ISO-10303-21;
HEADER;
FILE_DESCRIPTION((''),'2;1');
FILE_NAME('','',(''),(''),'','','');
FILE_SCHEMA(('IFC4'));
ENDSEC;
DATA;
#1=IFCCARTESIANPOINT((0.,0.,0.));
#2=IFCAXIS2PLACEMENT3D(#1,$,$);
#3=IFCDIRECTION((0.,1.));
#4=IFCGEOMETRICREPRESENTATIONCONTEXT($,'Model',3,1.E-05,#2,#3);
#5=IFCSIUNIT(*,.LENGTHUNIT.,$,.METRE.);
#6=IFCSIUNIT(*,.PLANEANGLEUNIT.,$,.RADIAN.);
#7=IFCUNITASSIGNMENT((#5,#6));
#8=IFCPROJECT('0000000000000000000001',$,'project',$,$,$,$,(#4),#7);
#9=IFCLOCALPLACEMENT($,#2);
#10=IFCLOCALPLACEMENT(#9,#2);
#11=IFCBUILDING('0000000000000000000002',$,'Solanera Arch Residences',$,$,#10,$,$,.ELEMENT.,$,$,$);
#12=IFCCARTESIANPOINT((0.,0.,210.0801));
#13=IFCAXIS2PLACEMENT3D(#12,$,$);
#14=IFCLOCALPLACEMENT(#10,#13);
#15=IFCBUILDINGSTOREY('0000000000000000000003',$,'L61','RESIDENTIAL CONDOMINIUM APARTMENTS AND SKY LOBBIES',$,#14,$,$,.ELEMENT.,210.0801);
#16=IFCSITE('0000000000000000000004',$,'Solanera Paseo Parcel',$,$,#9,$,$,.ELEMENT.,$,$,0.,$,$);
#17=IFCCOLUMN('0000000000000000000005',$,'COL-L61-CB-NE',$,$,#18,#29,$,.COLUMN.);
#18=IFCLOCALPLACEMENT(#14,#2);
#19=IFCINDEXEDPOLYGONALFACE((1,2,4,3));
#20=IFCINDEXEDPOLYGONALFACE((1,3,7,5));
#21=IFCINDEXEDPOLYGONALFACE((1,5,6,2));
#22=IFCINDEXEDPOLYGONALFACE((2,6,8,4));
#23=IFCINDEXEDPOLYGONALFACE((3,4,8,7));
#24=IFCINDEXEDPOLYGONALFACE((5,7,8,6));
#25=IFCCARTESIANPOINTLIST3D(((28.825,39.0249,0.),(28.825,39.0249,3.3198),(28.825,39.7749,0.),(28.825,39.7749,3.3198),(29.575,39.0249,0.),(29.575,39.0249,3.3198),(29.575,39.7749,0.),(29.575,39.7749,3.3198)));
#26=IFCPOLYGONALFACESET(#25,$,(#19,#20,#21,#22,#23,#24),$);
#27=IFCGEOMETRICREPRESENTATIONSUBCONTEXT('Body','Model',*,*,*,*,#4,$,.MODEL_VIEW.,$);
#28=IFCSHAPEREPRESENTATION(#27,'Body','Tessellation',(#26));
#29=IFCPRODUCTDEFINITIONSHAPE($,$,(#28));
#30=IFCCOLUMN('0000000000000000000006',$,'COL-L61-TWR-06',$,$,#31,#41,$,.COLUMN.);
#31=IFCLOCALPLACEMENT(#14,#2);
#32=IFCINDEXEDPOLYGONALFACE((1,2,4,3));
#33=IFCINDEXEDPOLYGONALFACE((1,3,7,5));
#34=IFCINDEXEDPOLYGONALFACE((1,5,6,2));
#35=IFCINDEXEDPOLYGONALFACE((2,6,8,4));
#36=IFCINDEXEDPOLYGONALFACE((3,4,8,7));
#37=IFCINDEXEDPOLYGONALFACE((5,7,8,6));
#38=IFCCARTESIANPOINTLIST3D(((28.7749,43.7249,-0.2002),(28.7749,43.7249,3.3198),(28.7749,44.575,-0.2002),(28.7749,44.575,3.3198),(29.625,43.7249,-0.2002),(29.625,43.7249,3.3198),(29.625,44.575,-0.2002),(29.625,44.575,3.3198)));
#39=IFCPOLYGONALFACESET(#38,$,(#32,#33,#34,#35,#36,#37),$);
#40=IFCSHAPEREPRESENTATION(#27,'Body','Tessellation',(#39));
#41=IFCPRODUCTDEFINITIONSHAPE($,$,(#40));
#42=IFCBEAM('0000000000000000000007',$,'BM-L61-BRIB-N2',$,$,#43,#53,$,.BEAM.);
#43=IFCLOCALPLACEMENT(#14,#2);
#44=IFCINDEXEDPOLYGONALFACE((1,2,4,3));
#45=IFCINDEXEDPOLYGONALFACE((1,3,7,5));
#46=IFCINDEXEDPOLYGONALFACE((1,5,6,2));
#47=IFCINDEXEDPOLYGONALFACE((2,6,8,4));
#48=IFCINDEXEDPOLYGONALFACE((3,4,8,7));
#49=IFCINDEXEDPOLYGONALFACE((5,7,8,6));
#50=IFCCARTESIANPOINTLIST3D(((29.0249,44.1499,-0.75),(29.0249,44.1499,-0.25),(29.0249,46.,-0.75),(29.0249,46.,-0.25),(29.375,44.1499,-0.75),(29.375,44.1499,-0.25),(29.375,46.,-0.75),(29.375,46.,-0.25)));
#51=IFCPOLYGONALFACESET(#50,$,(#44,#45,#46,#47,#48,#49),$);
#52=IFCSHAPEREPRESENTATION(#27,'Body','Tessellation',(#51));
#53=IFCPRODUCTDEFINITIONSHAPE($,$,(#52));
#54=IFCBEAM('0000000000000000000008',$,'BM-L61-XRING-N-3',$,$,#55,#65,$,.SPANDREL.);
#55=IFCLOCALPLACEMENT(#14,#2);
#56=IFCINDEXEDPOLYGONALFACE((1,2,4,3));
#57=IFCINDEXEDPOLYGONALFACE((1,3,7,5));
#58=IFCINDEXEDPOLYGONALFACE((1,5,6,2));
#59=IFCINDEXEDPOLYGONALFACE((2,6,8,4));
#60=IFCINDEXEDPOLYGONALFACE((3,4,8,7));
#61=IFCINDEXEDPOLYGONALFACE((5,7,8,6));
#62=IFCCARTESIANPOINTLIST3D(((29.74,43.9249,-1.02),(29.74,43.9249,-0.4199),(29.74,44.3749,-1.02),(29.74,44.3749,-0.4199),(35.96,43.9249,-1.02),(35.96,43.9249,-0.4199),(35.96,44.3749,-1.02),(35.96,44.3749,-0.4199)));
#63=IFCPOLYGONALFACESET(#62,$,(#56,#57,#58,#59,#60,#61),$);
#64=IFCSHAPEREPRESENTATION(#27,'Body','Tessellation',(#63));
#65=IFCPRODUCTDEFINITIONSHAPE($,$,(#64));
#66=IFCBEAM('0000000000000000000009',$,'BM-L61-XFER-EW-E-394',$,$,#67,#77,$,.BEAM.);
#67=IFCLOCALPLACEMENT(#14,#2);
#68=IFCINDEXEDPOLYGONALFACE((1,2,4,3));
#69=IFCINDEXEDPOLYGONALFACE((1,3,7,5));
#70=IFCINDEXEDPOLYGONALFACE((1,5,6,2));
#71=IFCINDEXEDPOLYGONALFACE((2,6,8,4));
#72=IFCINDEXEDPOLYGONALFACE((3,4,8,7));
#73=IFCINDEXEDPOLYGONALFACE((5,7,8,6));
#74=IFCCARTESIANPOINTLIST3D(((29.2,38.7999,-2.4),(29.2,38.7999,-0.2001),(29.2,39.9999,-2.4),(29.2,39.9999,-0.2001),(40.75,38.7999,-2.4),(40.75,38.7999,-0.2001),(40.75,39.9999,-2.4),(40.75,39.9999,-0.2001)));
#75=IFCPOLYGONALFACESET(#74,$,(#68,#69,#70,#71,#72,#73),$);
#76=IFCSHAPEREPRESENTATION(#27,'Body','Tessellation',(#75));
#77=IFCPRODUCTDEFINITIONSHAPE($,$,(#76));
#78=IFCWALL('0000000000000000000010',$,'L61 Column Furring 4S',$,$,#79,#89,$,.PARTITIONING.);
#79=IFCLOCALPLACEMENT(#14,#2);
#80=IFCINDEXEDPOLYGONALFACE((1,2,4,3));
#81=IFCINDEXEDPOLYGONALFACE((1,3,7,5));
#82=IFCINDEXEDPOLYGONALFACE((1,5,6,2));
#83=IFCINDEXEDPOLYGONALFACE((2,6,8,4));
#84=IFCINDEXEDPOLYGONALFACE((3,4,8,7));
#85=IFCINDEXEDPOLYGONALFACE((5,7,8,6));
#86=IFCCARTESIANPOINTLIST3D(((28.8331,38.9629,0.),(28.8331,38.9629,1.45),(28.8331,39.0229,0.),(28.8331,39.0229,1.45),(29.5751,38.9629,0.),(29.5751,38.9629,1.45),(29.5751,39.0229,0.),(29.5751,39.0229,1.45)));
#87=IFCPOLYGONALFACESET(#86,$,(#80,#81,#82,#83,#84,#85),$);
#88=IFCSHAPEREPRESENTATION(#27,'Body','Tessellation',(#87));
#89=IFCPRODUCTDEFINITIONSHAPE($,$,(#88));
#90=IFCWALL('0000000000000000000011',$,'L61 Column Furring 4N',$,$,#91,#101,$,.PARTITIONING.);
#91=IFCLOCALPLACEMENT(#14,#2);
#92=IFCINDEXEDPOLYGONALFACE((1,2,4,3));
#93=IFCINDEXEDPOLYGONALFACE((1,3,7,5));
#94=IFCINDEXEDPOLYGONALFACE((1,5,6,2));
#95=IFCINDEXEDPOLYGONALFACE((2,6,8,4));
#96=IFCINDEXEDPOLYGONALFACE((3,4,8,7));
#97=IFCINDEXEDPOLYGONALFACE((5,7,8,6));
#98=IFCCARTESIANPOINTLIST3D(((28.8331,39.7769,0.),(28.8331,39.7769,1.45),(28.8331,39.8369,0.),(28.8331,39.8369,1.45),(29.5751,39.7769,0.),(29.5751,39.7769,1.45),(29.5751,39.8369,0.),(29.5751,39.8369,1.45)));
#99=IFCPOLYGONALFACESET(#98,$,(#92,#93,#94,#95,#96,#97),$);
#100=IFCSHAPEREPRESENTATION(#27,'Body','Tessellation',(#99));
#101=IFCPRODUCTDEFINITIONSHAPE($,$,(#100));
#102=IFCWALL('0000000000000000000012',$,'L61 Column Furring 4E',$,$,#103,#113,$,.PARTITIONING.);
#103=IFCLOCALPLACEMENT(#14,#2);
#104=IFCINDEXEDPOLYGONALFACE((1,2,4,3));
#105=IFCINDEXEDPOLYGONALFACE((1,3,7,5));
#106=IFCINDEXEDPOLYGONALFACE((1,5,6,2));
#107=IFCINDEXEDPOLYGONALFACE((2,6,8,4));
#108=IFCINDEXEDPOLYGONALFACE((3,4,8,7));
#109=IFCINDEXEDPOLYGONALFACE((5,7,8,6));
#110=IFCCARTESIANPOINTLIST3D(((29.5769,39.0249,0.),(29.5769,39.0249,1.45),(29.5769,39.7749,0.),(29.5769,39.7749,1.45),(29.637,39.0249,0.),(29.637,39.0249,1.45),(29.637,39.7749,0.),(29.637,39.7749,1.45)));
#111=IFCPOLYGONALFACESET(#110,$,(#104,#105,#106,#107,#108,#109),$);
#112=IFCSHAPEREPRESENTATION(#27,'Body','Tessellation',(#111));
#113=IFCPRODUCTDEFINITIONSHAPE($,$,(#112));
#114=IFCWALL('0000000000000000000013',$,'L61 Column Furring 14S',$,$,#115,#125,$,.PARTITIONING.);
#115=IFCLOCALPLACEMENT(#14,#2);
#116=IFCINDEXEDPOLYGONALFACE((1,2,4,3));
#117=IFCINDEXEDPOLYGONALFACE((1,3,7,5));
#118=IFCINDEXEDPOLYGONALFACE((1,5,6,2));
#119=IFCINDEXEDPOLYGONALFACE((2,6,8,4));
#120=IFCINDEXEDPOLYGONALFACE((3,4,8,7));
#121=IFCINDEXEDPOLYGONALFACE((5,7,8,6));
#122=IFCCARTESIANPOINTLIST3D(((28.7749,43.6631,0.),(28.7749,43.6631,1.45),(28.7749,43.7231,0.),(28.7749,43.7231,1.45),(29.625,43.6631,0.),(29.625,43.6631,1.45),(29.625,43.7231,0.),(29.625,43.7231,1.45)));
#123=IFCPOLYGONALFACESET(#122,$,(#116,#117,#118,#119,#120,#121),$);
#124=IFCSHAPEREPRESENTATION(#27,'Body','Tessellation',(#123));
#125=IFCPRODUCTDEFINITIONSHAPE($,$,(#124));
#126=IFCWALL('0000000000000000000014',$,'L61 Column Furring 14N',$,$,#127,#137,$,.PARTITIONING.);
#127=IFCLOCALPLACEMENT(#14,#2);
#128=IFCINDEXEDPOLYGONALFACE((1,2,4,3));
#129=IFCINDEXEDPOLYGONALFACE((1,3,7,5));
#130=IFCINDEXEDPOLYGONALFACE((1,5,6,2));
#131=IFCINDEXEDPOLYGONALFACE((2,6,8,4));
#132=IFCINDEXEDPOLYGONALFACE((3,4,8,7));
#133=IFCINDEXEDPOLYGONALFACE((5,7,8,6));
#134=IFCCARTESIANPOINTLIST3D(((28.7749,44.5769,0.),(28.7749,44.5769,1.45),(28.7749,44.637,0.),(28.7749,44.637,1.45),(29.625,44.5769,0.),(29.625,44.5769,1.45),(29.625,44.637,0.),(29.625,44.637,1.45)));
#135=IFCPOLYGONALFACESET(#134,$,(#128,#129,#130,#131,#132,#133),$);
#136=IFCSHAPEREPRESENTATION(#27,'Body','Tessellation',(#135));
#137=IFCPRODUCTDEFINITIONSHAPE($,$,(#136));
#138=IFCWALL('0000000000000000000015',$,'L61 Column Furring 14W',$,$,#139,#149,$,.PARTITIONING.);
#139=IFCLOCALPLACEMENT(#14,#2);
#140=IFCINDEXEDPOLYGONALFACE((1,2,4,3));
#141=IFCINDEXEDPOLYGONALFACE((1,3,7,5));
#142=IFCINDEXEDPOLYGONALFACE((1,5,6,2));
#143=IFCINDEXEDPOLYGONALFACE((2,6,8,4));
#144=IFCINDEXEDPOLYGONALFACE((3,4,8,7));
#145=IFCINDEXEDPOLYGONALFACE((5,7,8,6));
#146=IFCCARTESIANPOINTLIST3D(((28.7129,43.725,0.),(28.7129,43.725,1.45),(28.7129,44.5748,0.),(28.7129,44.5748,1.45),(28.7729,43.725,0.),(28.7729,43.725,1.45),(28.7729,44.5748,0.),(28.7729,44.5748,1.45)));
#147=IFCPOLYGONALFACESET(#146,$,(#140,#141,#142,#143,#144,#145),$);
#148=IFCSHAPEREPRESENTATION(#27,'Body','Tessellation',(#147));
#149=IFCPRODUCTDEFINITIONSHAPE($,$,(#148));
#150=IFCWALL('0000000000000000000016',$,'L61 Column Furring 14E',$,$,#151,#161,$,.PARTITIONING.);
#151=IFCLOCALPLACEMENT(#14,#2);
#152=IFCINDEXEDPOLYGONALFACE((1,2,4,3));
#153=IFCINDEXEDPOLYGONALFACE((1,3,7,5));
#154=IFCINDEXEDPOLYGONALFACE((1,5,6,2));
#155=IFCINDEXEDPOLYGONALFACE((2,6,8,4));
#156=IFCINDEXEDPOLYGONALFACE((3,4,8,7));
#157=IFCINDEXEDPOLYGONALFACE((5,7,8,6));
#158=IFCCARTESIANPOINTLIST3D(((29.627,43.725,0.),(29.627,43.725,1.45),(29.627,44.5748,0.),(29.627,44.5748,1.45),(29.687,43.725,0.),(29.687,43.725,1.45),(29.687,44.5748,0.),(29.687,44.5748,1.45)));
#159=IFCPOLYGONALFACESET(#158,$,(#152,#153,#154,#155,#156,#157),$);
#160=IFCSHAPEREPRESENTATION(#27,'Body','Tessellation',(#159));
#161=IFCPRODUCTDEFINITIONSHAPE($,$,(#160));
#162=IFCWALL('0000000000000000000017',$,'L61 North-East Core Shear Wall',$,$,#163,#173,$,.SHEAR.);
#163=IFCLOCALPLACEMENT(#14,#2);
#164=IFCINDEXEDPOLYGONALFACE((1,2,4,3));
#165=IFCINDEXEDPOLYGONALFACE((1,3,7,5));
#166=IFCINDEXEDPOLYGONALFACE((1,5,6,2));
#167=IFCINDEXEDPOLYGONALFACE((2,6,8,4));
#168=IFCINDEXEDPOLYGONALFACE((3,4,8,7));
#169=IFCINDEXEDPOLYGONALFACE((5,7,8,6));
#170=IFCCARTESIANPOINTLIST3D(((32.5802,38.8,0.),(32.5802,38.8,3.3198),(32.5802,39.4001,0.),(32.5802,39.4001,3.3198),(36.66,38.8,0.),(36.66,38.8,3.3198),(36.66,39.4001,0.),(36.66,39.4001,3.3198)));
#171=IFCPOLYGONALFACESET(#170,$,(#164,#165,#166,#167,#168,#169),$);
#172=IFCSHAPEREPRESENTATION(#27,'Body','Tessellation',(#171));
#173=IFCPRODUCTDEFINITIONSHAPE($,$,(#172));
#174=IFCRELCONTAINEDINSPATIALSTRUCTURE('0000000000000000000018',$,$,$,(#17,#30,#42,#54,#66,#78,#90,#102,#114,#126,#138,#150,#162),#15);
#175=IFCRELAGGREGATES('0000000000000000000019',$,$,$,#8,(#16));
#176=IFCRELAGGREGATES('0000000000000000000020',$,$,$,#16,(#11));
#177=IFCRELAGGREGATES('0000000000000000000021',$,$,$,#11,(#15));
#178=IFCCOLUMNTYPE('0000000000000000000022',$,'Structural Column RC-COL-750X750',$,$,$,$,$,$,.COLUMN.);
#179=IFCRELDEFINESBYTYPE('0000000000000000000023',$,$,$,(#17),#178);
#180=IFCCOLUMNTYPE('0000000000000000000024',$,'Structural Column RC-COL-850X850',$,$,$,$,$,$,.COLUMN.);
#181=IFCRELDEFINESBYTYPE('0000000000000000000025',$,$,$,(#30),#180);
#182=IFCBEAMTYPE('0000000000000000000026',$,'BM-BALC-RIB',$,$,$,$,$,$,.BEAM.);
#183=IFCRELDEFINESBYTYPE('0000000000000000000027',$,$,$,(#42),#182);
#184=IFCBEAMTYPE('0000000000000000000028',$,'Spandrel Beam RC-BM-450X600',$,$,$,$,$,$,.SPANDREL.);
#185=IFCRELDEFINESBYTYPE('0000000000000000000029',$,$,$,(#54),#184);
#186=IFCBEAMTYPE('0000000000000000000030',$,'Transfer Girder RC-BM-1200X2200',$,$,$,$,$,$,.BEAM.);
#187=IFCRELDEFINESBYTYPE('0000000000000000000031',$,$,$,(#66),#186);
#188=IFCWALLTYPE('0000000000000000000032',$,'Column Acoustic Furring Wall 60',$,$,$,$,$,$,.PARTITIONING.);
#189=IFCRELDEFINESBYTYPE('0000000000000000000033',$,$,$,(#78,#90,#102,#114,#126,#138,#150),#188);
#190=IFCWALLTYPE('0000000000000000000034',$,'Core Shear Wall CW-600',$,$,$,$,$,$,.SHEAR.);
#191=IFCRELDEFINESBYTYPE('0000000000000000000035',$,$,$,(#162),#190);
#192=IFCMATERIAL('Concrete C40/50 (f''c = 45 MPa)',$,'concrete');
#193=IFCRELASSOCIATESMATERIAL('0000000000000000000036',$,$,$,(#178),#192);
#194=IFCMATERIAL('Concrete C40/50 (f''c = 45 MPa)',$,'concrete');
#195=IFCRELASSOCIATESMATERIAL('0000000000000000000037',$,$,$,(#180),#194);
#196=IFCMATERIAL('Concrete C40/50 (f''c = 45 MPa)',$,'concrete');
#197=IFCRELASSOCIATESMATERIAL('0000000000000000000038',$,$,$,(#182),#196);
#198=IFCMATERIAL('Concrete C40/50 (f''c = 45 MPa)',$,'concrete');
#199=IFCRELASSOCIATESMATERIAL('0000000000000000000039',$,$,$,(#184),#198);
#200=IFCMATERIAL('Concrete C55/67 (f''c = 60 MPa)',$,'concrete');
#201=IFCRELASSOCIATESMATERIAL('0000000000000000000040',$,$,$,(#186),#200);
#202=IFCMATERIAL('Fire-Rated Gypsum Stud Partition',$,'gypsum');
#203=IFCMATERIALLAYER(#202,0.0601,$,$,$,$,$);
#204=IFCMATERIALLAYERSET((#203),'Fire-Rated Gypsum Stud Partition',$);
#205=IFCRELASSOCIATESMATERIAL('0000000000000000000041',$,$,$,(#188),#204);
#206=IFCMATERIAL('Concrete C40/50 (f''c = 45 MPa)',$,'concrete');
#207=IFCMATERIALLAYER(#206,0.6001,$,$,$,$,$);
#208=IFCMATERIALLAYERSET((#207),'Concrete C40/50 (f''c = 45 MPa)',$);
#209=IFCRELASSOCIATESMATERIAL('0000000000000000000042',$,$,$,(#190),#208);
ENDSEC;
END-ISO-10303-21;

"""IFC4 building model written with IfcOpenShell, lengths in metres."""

from ifc_helpers import new_model, si_unit, direction, frame, frame_2d, origin, origin_2d, place, context, subcontext, project, spatial, rectangle, extrude, material, layer, layer_set, material_profile, profile_set, type_object, element, save


model = new_model("IFC4")

# Units and contexts
model_context = context("Model", 3, precision=1e-05, world=origin(), true_north=direction((0.0, 1.0)))
body_context = subcontext(model_context, "Body", "Model", "MODEL_VIEW")
ifc_project = project(units=[si_unit("LENGTHUNIT", "METRE"), si_unit("PLANEANGLEUNIT", "RADIAN")], contexts=[model_context])

# Site, building, storey
site_placement = place(None, origin())
site = spatial("IfcSite", under=ifc_project, at=site_placement, Name="Solanera Paseo Parcel", CompositionType="ELEMENT", RefElevation=0.0)
building_placement = place(site_placement, origin())
building = spatial("IfcBuilding", under=site, at=building_placement, Name="Solanera Arch Residences", CompositionType="ELEMENT")
storey_placement = place(building_placement, frame((0.0, 0.0, 210.0801)))
storey = spatial("IfcBuildingStorey", under=building, at=storey_placement, Name="L61", Description="RESIDENTIAL CONDOMINIUM APARTMENTS AND SKY LOBBIES", CompositionType="ELEMENT", Elevation=210.0801)

# Columns
ifc_material_1 = material(Name="Concrete C40/50 (f'c = 45 MPa)", Category="concrete")
ifc_material_profile_1 = material_profile(ifc_material_1, rectangle(XDim=0.75, YDim=0.75, at=origin_2d()))
ifc_profile_set_1 = profile_set([ifc_material_profile_1], Name="Concrete C40/50 (f'c = 45 MPa)")
column_type_1 = type_object("IfcColumnType", Name="Structural Column RC-COL-750X750", PredefinedType="COLUMN", material=ifc_profile_set_1)
column_1_placement = place(storey_placement, frame((29.2, 39.3999, 0.0), z_axis=(0.0, 0.0, 1.0), x_axis=(1.0, 0.0, 0.0)))
element("IfcColumn", 1, at=column_1_placement, inside=storey, type_object=column_type_1, Name="COL-L61-CB-NE", PredefinedType="COLUMN", context=body_context, shape_type="SweptSolid", body=[
    extrude(rectangle(XDim=0.75, YDim=0.75, at=origin_2d()), origin(), (0.0, 0.0, 1.0), 3.3198),
])
ifc_material_2 = material(Name="Concrete C40/50 (f'c = 45 MPa)", Category="concrete")
ifc_material_profile_2 = material_profile(ifc_material_2, rectangle(XDim=0.8501, YDim=0.8501, at=origin_2d()))
ifc_profile_set_2 = profile_set([ifc_material_profile_2], Name="Concrete C40/50 (f'c = 45 MPa)")
column_type_2 = type_object("IfcColumnType", Name="Structural Column RC-COL-850X850", PredefinedType="COLUMN", material=ifc_profile_set_2)
column_2_placement = place(storey_placement, frame((29.2, 44.1499, -0.2002), z_axis=(0.0, 0.0, 1.0), x_axis=(1.0, 0.0, 0.0)))
element("IfcColumn", 2, at=column_2_placement, inside=storey, type_object=column_type_2, Name="COL-L61-TWR-06", PredefinedType="COLUMN", context=body_context, shape_type="SweptSolid", body=[
    extrude(rectangle(XDim=0.8501, YDim=0.8501, at=origin_2d()), origin(), (0.0, 0.0, 1.0), 3.52),
])

# Beams
ifc_material_3 = material(Name="Concrete C40/50 (f'c = 45 MPa)", Category="concrete")
ifc_material_profile_3 = material_profile(ifc_material_3, rectangle(XDim=0.3501, YDim=0.5, at=origin_2d()))
ifc_profile_set_3 = profile_set([ifc_material_profile_3], Name="Concrete C40/50 (f'c = 45 MPa)")
beam_type_1 = type_object("IfcBeamType", Name="BM-BALC-RIB", PredefinedType="BEAM", material=ifc_profile_set_3)
beam_1_placement = place(storey_placement, frame((29.2, 44.1499, -0.5), z_axis=(0.0, 1.0, 0.0), x_axis=(-1.0, 0.0, 0.0)))
element("IfcBeam", 3, at=beam_1_placement, inside=storey, type_object=beam_type_1, Name="BM-L61-BRIB-N2", PredefinedType="BEAM", context=body_context, shape_type="SweptSolid", body=[
    extrude(rectangle(XDim=0.3501, YDim=0.5, at=origin_2d()), origin(), (0.0, 0.0, 1.0), 1.8501),
])
ifc_material_4 = material(Name="Concrete C40/50 (f'c = 45 MPa)", Category="concrete")
ifc_material_profile_4 = material_profile(ifc_material_4, rectangle(XDim=0.45, YDim=0.6001, at=origin_2d()))
ifc_profile_set_4 = profile_set([ifc_material_profile_4], Name="Concrete C40/50 (f'c = 45 MPa)")
beam_type_2 = type_object("IfcBeamType", Name="Spandrel Beam RC-BM-450X600", PredefinedType="SPANDREL", material=ifc_profile_set_4)
beam_2_placement = place(storey_placement, frame((29.74, 44.1499, -0.72), z_axis=(1.0, 0.0, 0.0), x_axis=(0.0, 1.0, 0.0)))
element("IfcBeam", 4, at=beam_2_placement, inside=storey, type_object=beam_type_2, Name="BM-L61-XRING-N-3", PredefinedType="SPANDREL", context=body_context, shape_type="SweptSolid", body=[
    extrude(rectangle(XDim=0.45, YDim=0.6001, at=origin_2d()), origin(), (0.0, 0.0, 1.0), 6.22),
])
ifc_material_5 = material(Name="Concrete C55/67 (f'c = 60 MPa)", Category="concrete")
ifc_material_profile_5 = material_profile(ifc_material_5, rectangle(XDim=1.2, YDim=2.2, at=origin_2d()))
ifc_profile_set_5 = profile_set([ifc_material_profile_5], Name="Concrete C55/67 (f'c = 60 MPa)")
beam_type_3 = type_object("IfcBeamType", Name="Transfer Girder RC-BM-1200X2200", PredefinedType="BEAM", material=ifc_profile_set_5)
beam_3_placement = place(storey_placement, frame((29.2, 39.3999, -1.3), z_axis=(1.0, 0.0, 0.0), x_axis=(0.0, 1.0, 0.0)))
element("IfcBeam", 5, at=beam_3_placement, inside=storey, type_object=beam_type_3, Name="BM-L61-XFER-EW-E-394", PredefinedType="BEAM", context=body_context, shape_type="SweptSolid", body=[
    extrude(rectangle(XDim=1.2, YDim=2.2, at=origin_2d()), origin(), (0.0, 0.0, 1.0), 11.55),
])

# Walls
ifc_material_6 = material(Name="Fire-Rated Gypsum Stud Partition", Category="gypsum")
ifc_layer_1 = layer(ifc_material_6, 0.0601)
ifc_layer_set_1 = layer_set([ifc_layer_1], Name="Fire-Rated Gypsum Stud Partition")
wall_type_1 = type_object("IfcWallType", Name="Column Acoustic Furring Wall 60", PredefinedType="PARTITIONING", material=ifc_layer_set_1)
for number, where, z_axis, x_axis, name in (
    (6, (28.833, 38.9929, 0.0), (0.0, 0.0, 1.0), (1.0, 0.0, 0.0), "L61 Column Furring 4S"),
    (7, (28.833, 39.8069, 0.0), (0.0, 0.0, 1.0), (1.0, 0.0, 0.0), "L61 Column Furring 4N"),
):
    element("IfcWall", number, at=place(storey_placement, frame(where, z_axis=z_axis, x_axis=x_axis)), inside=storey, type_object=wall_type_1, Name=name, PredefinedType="PARTITIONING", context=body_context, shape_type="SweptSolid", body=[
        extrude(rectangle(XDim=0.7419, YDim=0.0601, at=frame_2d((0.3711, 0.0))), origin(), (0.0, 0.0, 1.0), 1.45),
    ])
wall_1_placement = place(storey_placement, frame((29.6069, 39.0249, 0.0), z_axis=(0.0, 0.0, 1.0), x_axis=(0.0, 1.0, 0.0)))
element("IfcWall", 8, at=wall_1_placement, inside=storey, type_object=wall_type_1, Name="L61 Column Furring 4E", PredefinedType="PARTITIONING", context=body_context, shape_type="SweptSolid", body=[
    extrude(rectangle(XDim=0.75, YDim=0.0601, at=frame_2d((0.375, 0.0))), origin(), (0.0, 0.0, 1.0), 1.45),
])
for number, where, z_axis, x_axis, name in (
    (9, (28.7749, 43.6931, 0.0), (0.0, 0.0, 1.0), (1.0, 0.0, 0.0), "L61 Column Furring 14S"),
    (10, (28.7749, 44.6069, 0.0), (0.0, 0.0, 1.0), (1.0, 0.0, 0.0), "L61 Column Furring 14N"),
):
    element("IfcWall", number, at=place(storey_placement, frame(where, z_axis=z_axis, x_axis=x_axis)), inside=storey, type_object=wall_type_1, Name=name, PredefinedType="PARTITIONING", context=body_context, shape_type="SweptSolid", body=[
        extrude(rectangle(XDim=0.8501, YDim=0.0601, at=frame_2d((0.425, 0.0))), origin(), (0.0, 0.0, 1.0), 1.45),
    ])
for number, where, z_axis, x_axis, name in (
    (11, (28.7429, 43.7251, 0.0), (0.0, 0.0, 1.0), (0.0, 1.0, 0.0), "L61 Column Furring 14W"),
    (12, (29.657, 43.7251, 0.0), (0.0, 0.0, 1.0), (0.0, 1.0, 0.0), "L61 Column Furring 14E"),
):
    element("IfcWall", number, at=place(storey_placement, frame(where, z_axis=z_axis, x_axis=x_axis)), inside=storey, type_object=wall_type_1, Name=name, PredefinedType="PARTITIONING", context=body_context, shape_type="SweptSolid", body=[
        extrude(rectangle(XDim=0.8499, YDim=0.0601, at=frame_2d((0.4248, 0.0))), origin(), (0.0, 0.0, 1.0), 1.45),
    ])
ifc_material_7 = material(Name="Concrete C40/50 (f'c = 45 MPa)", Category="concrete")
ifc_layer_2 = layer(ifc_material_7, 0.6001)
ifc_layer_set_2 = layer_set([ifc_layer_2], Name="Concrete C40/50 (f'c = 45 MPa)")
wall_type_2 = type_object("IfcWallType", Name="Core Shear Wall CW-600", PredefinedType="SHEAR", material=ifc_layer_set_2)
wall_2_placement = place(storey_placement, frame((32.5801, 39.1001, 0.0), z_axis=(0.0, 0.0, 1.0), x_axis=(1.0, 0.0, 0.0)))
element("IfcWall", 13, at=wall_2_placement, inside=storey, type_object=wall_type_2, Name="L61 North-East Core Shear Wall", PredefinedType="SHEAR", context=body_context, shape_type="SweptSolid", body=[
    extrude(rectangle(XDim=4.0798, YDim=0.6001, at=frame_2d((2.04, 0.0))), origin(), (0.0, 0.0, 1.0), 3.3198),
])

save(model, "model.ifc")
